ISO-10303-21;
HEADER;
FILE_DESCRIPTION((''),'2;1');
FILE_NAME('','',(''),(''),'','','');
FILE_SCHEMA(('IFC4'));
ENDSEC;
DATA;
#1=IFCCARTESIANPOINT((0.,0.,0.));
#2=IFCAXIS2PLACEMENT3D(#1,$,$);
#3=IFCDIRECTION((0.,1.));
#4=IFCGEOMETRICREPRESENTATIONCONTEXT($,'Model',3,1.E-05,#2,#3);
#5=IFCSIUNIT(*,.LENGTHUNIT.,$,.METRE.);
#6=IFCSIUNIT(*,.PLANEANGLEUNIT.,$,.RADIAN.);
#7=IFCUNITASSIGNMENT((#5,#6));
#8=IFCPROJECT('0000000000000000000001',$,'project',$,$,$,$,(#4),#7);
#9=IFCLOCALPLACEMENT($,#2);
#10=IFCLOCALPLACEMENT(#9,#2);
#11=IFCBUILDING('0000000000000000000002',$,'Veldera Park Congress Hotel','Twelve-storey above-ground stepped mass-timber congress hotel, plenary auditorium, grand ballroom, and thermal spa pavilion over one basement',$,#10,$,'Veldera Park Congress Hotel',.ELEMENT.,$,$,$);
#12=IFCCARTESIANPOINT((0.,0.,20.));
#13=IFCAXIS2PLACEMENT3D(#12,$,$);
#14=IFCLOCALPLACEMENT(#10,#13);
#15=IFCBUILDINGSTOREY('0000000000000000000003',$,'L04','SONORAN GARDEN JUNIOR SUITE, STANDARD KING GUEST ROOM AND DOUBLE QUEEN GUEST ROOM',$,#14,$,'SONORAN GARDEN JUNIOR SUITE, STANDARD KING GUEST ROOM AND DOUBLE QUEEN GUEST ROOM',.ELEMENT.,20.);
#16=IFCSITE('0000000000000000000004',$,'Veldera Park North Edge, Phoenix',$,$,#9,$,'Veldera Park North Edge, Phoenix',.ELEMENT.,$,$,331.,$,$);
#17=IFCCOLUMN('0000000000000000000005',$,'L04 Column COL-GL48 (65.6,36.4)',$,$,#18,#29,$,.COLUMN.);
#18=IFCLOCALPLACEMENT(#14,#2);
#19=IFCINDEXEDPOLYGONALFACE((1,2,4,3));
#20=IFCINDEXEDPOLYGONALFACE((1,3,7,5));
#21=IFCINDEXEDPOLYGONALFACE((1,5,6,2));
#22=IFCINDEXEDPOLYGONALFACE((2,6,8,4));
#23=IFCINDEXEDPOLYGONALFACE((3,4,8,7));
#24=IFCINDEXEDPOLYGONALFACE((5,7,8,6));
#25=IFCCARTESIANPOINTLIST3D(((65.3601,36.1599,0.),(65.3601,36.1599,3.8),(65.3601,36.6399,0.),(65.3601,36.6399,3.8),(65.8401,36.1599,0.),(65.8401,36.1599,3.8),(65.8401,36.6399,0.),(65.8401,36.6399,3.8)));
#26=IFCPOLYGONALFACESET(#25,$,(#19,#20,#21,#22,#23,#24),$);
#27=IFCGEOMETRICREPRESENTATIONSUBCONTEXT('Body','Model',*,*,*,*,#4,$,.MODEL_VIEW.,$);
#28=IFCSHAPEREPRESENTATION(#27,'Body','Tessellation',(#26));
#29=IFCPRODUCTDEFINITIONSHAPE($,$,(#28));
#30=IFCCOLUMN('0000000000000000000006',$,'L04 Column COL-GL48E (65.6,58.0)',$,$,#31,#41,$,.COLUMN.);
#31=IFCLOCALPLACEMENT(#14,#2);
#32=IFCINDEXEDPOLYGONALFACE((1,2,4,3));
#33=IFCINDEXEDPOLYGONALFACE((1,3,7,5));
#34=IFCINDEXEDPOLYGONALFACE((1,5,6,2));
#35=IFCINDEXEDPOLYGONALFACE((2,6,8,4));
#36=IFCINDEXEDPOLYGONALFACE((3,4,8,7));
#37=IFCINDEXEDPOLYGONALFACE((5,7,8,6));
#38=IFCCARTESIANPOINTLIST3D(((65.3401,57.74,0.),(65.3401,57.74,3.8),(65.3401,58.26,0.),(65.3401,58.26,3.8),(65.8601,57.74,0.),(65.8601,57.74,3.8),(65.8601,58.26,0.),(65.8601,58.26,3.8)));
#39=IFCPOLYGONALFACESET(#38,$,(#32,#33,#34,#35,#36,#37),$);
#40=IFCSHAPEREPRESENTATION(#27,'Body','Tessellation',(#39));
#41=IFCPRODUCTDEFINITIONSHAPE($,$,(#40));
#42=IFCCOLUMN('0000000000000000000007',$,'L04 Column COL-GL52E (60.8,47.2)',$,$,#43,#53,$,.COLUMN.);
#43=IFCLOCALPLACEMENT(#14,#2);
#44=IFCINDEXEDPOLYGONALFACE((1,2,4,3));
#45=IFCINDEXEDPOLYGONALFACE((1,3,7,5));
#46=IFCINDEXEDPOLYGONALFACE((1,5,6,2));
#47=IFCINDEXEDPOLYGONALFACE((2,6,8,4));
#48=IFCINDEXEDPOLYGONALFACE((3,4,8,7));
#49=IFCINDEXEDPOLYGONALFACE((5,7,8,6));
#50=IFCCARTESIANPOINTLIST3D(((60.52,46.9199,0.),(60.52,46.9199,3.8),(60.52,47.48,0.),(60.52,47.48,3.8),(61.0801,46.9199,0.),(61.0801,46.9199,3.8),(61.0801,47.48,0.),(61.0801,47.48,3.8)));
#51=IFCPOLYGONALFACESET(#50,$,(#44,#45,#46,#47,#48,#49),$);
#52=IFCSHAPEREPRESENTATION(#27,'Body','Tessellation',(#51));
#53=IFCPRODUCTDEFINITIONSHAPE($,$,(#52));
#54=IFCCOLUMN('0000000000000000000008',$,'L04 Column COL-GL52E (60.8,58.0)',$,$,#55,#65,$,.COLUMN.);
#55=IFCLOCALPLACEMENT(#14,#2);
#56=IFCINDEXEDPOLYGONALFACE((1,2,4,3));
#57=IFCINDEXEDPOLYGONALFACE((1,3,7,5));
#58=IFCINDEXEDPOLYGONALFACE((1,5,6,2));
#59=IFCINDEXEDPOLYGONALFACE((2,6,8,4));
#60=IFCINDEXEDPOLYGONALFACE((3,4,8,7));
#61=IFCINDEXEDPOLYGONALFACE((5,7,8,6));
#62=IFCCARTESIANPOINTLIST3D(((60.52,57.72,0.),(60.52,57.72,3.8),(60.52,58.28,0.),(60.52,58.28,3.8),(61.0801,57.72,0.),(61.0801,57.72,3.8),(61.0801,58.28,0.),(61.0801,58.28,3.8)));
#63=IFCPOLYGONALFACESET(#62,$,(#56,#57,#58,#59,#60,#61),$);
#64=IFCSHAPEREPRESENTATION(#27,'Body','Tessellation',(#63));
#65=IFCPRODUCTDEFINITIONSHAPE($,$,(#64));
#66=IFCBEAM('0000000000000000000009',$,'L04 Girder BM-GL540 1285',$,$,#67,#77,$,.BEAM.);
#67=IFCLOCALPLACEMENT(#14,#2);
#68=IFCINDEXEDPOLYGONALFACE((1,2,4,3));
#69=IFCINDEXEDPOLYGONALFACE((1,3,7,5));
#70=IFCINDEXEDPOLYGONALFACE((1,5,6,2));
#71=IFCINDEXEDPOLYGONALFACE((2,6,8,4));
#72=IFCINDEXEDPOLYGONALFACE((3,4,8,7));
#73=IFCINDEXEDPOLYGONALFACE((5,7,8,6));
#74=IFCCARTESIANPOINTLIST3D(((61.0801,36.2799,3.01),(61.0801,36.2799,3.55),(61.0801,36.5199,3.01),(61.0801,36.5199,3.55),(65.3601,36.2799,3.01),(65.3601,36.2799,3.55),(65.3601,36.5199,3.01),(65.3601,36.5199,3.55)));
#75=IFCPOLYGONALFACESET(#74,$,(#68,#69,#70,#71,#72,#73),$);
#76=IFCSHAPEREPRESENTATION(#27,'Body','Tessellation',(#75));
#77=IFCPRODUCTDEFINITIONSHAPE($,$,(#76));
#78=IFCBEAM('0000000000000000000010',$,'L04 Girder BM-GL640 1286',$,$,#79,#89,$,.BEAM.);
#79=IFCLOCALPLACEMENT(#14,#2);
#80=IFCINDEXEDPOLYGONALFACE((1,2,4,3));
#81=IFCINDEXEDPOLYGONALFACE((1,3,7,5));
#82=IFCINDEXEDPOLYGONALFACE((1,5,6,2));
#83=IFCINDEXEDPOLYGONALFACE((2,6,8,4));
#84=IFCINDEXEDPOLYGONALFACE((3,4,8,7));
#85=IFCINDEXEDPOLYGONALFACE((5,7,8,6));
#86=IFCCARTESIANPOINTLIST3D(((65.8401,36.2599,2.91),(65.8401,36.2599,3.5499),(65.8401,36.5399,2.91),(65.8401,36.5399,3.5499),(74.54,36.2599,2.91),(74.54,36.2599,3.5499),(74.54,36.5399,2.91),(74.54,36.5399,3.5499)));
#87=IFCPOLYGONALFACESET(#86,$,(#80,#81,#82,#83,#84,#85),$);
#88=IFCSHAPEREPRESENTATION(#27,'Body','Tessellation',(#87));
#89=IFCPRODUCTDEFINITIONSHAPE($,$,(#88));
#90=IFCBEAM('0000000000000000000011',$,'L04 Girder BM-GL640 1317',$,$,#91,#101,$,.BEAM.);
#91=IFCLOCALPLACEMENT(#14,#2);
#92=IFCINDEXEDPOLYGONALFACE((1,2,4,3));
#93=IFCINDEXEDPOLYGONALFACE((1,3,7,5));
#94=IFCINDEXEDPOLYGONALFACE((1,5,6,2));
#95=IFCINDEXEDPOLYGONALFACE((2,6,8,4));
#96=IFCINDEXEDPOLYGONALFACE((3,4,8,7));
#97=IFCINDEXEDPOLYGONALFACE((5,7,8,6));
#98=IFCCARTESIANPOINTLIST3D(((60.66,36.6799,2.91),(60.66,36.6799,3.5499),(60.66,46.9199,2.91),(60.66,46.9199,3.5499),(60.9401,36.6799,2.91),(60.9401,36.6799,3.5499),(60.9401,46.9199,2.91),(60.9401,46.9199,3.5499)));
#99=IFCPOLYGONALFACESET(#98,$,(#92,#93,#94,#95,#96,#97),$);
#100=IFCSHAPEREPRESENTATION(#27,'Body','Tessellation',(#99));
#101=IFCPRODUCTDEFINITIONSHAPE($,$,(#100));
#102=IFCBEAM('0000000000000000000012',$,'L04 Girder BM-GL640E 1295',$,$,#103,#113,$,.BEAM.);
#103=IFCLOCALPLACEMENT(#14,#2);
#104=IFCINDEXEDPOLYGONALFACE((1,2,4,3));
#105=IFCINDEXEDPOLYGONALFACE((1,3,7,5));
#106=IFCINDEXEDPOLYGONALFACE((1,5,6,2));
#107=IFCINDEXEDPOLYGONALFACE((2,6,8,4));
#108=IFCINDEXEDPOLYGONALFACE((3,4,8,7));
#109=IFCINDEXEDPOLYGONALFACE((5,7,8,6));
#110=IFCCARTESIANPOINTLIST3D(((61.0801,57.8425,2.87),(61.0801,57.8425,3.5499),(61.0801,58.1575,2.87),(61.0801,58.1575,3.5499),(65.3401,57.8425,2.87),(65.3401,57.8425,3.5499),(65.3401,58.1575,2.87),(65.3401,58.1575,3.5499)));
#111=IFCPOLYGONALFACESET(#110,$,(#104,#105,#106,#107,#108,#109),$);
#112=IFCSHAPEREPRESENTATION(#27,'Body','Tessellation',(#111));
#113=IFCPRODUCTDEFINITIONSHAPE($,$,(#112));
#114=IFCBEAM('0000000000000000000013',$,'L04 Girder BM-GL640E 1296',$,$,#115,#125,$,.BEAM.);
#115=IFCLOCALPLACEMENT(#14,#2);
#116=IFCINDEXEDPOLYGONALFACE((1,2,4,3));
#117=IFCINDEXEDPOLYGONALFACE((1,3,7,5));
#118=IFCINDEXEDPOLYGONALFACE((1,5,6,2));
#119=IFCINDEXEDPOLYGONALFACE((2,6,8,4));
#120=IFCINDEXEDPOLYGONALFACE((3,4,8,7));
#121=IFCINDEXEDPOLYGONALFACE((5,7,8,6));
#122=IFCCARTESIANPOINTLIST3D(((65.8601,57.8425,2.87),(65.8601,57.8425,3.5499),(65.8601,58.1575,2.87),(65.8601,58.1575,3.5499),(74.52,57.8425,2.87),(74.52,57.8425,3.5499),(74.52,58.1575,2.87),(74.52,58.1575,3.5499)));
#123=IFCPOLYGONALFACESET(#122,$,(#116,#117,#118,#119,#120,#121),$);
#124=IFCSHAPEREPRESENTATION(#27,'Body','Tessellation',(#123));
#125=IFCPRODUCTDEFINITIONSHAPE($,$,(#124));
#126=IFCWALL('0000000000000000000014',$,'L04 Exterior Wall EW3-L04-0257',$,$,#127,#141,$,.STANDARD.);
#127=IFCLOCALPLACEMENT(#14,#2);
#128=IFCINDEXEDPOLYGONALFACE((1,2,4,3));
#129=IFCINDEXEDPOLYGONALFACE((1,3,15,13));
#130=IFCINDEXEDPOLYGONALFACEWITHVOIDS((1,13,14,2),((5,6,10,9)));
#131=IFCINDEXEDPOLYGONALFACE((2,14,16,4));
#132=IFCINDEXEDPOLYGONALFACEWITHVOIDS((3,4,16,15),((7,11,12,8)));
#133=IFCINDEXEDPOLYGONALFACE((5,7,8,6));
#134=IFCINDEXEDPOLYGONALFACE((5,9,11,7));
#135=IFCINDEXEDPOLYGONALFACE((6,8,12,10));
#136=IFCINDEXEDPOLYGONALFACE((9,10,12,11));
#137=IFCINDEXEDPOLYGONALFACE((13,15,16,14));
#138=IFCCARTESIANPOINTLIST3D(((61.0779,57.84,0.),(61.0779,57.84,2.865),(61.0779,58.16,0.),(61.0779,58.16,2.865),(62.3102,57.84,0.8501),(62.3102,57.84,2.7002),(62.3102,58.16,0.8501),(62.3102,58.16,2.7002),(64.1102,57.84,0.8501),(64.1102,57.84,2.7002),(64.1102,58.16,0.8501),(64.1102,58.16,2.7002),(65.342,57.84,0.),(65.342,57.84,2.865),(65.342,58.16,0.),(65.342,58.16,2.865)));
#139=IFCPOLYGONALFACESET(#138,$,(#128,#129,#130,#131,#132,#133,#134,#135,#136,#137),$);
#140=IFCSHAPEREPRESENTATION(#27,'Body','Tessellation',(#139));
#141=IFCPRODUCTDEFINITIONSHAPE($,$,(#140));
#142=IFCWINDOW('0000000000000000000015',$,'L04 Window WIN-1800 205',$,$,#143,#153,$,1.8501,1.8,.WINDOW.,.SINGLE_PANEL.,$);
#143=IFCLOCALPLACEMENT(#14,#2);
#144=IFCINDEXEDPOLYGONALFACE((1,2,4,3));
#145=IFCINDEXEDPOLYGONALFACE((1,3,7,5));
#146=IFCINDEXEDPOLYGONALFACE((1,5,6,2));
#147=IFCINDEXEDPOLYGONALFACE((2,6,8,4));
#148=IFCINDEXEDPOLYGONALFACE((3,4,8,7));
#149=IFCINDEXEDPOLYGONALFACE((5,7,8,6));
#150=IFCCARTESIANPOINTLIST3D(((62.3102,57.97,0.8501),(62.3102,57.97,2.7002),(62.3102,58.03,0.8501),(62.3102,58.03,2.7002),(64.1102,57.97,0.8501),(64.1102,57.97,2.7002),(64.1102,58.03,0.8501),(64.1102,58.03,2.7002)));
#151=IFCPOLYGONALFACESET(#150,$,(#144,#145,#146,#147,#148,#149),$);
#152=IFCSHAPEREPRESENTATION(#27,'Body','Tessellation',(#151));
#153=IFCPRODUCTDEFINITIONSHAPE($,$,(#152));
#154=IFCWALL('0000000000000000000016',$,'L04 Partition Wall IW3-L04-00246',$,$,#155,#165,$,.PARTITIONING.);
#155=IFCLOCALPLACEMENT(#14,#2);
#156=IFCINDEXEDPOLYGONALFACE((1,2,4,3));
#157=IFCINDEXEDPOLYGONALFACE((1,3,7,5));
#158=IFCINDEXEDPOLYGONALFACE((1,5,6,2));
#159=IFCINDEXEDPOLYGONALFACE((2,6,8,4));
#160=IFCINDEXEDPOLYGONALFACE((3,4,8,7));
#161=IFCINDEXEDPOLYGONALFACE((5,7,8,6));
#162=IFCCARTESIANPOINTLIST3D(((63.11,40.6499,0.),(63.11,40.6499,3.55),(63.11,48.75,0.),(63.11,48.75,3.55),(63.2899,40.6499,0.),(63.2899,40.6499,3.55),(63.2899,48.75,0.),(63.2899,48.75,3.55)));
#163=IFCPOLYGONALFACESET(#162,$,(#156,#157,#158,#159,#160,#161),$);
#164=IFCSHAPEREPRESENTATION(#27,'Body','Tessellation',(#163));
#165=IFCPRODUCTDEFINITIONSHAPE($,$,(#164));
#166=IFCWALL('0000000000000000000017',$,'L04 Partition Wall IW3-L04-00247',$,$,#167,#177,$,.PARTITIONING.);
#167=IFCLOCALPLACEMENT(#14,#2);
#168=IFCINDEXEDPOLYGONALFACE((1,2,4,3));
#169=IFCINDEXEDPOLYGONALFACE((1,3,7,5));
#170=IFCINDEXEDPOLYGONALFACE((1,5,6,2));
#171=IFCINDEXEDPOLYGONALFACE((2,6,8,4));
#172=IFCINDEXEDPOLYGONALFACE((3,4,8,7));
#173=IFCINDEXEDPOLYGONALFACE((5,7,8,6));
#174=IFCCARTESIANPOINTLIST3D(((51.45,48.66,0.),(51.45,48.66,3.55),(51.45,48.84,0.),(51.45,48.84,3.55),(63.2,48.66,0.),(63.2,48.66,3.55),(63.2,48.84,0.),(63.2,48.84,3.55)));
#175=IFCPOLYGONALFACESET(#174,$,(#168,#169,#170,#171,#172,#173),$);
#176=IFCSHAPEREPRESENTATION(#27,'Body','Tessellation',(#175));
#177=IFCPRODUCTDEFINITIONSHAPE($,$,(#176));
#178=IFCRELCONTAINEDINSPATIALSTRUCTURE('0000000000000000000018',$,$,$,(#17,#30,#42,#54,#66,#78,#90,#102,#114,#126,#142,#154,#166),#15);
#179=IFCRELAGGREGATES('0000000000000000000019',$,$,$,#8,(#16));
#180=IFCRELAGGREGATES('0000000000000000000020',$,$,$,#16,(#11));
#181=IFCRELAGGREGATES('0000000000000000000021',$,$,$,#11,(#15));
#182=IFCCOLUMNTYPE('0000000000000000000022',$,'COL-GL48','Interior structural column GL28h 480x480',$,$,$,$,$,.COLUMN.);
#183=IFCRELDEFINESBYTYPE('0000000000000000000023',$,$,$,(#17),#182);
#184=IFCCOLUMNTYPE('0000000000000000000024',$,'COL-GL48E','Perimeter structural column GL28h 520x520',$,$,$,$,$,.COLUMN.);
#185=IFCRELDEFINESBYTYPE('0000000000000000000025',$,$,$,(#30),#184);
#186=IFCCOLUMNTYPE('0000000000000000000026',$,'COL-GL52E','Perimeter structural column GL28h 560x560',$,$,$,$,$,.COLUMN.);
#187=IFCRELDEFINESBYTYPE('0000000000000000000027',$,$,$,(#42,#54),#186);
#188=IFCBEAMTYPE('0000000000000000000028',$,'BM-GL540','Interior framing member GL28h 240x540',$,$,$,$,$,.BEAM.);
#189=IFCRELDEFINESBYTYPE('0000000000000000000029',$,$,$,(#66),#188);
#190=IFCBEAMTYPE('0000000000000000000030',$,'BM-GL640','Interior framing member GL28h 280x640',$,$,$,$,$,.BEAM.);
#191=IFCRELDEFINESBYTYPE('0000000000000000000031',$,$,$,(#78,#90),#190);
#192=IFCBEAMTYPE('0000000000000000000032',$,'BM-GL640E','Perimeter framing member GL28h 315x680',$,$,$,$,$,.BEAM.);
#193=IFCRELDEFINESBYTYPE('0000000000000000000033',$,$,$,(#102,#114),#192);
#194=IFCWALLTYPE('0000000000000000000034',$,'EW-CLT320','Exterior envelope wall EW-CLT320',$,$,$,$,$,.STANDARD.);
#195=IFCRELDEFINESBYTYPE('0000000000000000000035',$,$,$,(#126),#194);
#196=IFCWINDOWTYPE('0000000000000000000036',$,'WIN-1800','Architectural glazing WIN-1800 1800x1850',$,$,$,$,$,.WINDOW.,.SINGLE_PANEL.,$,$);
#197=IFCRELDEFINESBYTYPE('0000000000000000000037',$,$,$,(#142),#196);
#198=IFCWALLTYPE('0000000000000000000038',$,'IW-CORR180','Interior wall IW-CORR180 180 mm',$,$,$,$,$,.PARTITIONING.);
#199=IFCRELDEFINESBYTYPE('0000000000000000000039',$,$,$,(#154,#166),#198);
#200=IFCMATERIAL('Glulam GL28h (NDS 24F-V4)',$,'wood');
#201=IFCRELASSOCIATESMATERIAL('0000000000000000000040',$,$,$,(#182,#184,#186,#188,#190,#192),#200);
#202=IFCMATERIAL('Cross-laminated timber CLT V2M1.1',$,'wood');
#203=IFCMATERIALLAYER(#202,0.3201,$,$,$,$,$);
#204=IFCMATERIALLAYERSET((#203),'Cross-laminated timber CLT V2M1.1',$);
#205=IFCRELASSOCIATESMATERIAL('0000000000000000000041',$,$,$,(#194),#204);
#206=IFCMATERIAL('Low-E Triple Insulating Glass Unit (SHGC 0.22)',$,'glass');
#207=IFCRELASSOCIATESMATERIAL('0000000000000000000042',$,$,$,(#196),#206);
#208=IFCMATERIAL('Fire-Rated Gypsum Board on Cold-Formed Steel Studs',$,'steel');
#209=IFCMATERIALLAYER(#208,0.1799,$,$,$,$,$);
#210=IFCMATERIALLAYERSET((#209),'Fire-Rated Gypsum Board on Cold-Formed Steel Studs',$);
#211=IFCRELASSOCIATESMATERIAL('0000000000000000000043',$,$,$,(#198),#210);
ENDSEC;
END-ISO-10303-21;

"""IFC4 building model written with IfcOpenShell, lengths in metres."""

from ifc_helpers import new_model, si_unit, direction, frame, frame_2d, origin, origin_2d, place, context, subcontext, project, spatial, rectangle, extrude, material, layer, layer_set, material_profile, profile_set, type_object, element, fill, save


model = new_model("IFC4")

# Units and contexts
model_context = context("Model", 3, precision=1e-05, world=origin(), true_north=direction((0.0, 1.0)))
body_context = subcontext(model_context, "Body", "Model", "MODEL_VIEW")
ifc_project = project(units=[si_unit("LENGTHUNIT", "METRE"), si_unit("PLANEANGLEUNIT", "RADIAN")], contexts=[model_context])

# Site, building, storey
site_placement = place(None, origin())
site = spatial("IfcSite", under=ifc_project, at=site_placement, Name="Veldera Park North Edge, Phoenix", LongName="Veldera Park North Edge, Phoenix", CompositionType="ELEMENT", RefElevation=331.0)
building_placement = place(site_placement, origin())
building = spatial("IfcBuilding", under=site, at=building_placement, Name="Veldera Park Congress Hotel", Description="Twelve-storey above-ground stepped mass-timber congress hotel, plenary auditorium, grand ballroom, and thermal spa pavilion over one basement", LongName="Veldera Park Congress Hotel", CompositionType="ELEMENT")
storey_placement = place(building_placement, frame((0.0, 0.0, 20.0)))
storey = spatial("IfcBuildingStorey", under=building, at=storey_placement, Name="L04", Description="SONORAN GARDEN JUNIOR SUITE, STANDARD KING GUEST ROOM AND DOUBLE QUEEN GUEST ROOM", LongName="SONORAN GARDEN JUNIOR SUITE, STANDARD KING GUEST ROOM AND DOUBLE QUEEN GUEST ROOM", CompositionType="ELEMENT", Elevation=20.0)

# Columns
ifc_material_1 = material(Name="Glulam GL28h (NDS 24F-V4)", Category="wood")
ifc_material_profile_1 = material_profile(ifc_material_1, rectangle(XDim=0.48, YDim=0.48, at=origin_2d()), Name="GL28h 480x480")
ifc_profile_set_1 = profile_set([ifc_material_profile_1], Name="Glulam GL28h (NDS 24F-V4)")
column_type_1 = type_object("IfcColumnType", Name="COL-GL48", Description="Interior structural column GL28h 480x480", PredefinedType="COLUMN", material=ifc_profile_set_1)
column_1_placement = place(storey_placement, frame((65.6001, 36.3999, 0.0), z_axis=(0.0, 0.0, 1.0), x_axis=(1.0, 0.0, 0.0)))
element("IfcColumn", 1, at=column_1_placement, inside=storey, type_object=column_type_1, Name="L04 Column COL-GL48 (65.6,36.4)", PredefinedType="COLUMN", context=body_context, shape_type="SweptSolid", body=[
    extrude(rectangle(XDim=0.48, YDim=0.48, at=origin_2d()), origin(), (0.0, 0.0, 1.0), 3.8),
])
ifc_material_profile_2 = material_profile(ifc_material_1, rectangle(XDim=0.52, YDim=0.52, at=origin_2d()), Name="GL28h 520x520")
ifc_profile_set_2 = profile_set([ifc_material_profile_2], Name="Glulam GL28h (NDS 24F-V4)")
column_type_2 = type_object("IfcColumnType", Name="COL-GL48E", Description="Perimeter structural column GL28h 520x520", PredefinedType="COLUMN", material=ifc_profile_set_2)
column_2_placement = place(storey_placement, frame((65.6001, 58.0, 0.0), z_axis=(0.0, 0.0, 1.0), x_axis=(1.0, 0.0, 0.0)))
element("IfcColumn", 2, at=column_2_placement, inside=storey, type_object=column_type_2, Name="L04 Column COL-GL48E (65.6,58.0)", PredefinedType="COLUMN", context=body_context, shape_type="SweptSolid", body=[
    extrude(rectangle(XDim=0.52, YDim=0.52, at=origin_2d()), origin(), (0.0, 0.0, 1.0), 3.8),
])
ifc_material_profile_3 = material_profile(ifc_material_1, rectangle(XDim=0.5601, YDim=0.5601, at=origin_2d()), Name="GL28h 560x560")
ifc_profile_set_3 = profile_set([ifc_material_profile_3], Name="Glulam GL28h (NDS 24F-V4)")
column_type_3 = type_object("IfcColumnType", Name="COL-GL52E", Description="Perimeter structural column GL28h 560x560", PredefinedType="COLUMN", material=ifc_profile_set_3)
for number, where, z_axis, x_axis, name in (
    (3, (60.8, 47.2, 0.0), (0.0, 0.0, 1.0), (1.0, 0.0, 0.0), "L04 Column COL-GL52E (60.8,47.2)"),
    (4, (60.8, 58.0, 0.0), (0.0, 0.0, 1.0), (1.0, 0.0, 0.0), "L04 Column COL-GL52E (60.8,58.0)"),
):
    element("IfcColumn", number, at=place(storey_placement, frame(where, z_axis=z_axis, x_axis=x_axis)), inside=storey, type_object=column_type_3, Name=name, PredefinedType="COLUMN", context=body_context, shape_type="SweptSolid", body=[
        extrude(rectangle(XDim=0.5601, YDim=0.5601, at=origin_2d()), origin(), (0.0, 0.0, 1.0), 3.8),
    ])

# Beams
ifc_material_profile_4 = material_profile(ifc_material_1, rectangle(XDim=0.24, YDim=0.54, at=origin_2d()), Name="GL28h 240x540")
ifc_profile_set_4 = profile_set([ifc_material_profile_4], Name="Glulam GL28h (NDS 24F-V4)")
beam_type_1 = type_object("IfcBeamType", Name="BM-GL540", Description="Interior framing member GL28h 240x540", PredefinedType="BEAM", material=ifc_profile_set_4)
beam_1_placement = place(storey_placement, frame((61.0801, 36.3999, 3.28), z_axis=(1.0, 0.0, 0.0), x_axis=(0.0, 1.0, 0.0)))
element("IfcBeam", 5, at=beam_1_placement, inside=storey, type_object=beam_type_1, Name="L04 Girder BM-GL540 1285", PredefinedType="BEAM", context=body_context, shape_type="SweptSolid", body=[
    extrude(rectangle(XDim=0.24, YDim=0.54, at=origin_2d()), origin(), (0.0, 0.0, 1.0), 4.28),
])
ifc_material_profile_5 = material_profile(ifc_material_1, rectangle(XDim=0.28, YDim=0.6399, at=origin_2d()), Name="GL28h 280x640")
ifc_profile_set_5 = profile_set([ifc_material_profile_5], Name="Glulam GL28h (NDS 24F-V4)")
beam_type_2 = type_object("IfcBeamType", Name="BM-GL640", Description="Interior framing member GL28h 280x640", PredefinedType="BEAM", material=ifc_profile_set_5)
beam_2_placement = place(storey_placement, frame((65.8401, 36.3999, 3.23), z_axis=(1.0, 0.0, 0.0), x_axis=(0.0, 1.0, 0.0)))
element("IfcBeam", 6, at=beam_2_placement, inside=storey, type_object=beam_type_2, Name="L04 Girder BM-GL640 1286", PredefinedType="BEAM", context=body_context, shape_type="SweptSolid", body=[
    extrude(rectangle(XDim=0.28, YDim=0.6399, at=origin_2d()), origin(), (0.0, 0.0, 1.0), 8.7),
])
beam_3_placement = place(storey_placement, frame((60.8, 36.6799, 3.23), z_axis=(0.0, 1.0, 0.0), x_axis=(-1.0, 0.0, 0.0)))
element("IfcBeam", 7, at=beam_3_placement, inside=storey, type_object=beam_type_2, Name="L04 Girder BM-GL640 1317", PredefinedType="BEAM", context=body_context, shape_type="SweptSolid", body=[
    extrude(rectangle(XDim=0.28, YDim=0.6399, at=origin_2d()), origin(), (0.0, 0.0, 1.0), 10.24),
])
ifc_material_profile_6 = material_profile(ifc_material_1, rectangle(XDim=0.3149, YDim=0.6799, at=origin_2d()), Name="GL28h 315x680")
ifc_profile_set_6 = profile_set([ifc_material_profile_6], Name="Glulam GL28h (NDS 24F-V4)")
beam_type_3 = type_object("IfcBeamType", Name="BM-GL640E", Description="Perimeter framing member GL28h 315x680", PredefinedType="BEAM", material=ifc_profile_set_6)
beam_4_placement = place(storey_placement, frame((61.0801, 58.0, 3.21), z_axis=(1.0, 0.0, 0.0), x_axis=(0.0, 1.0, 0.0)))
element("IfcBeam", 8, at=beam_4_placement, inside=storey, type_object=beam_type_3, Name="L04 Girder BM-GL640E 1295", PredefinedType="BEAM", context=body_context, shape_type="SweptSolid", body=[
    extrude(rectangle(XDim=0.3149, YDim=0.6799, at=origin_2d()), origin(), (0.0, 0.0, 1.0), 4.26),
])
beam_5_placement = place(storey_placement, frame((65.8601, 58.0, 3.21), z_axis=(1.0, 0.0, 0.0), x_axis=(0.0, 1.0, 0.0)))
element("IfcBeam", 9, at=beam_5_placement, inside=storey, type_object=beam_type_3, Name="L04 Girder BM-GL640E 1296", PredefinedType="BEAM", context=body_context, shape_type="SweptSolid", body=[
    extrude(rectangle(XDim=0.3149, YDim=0.6799, at=origin_2d()), origin(), (0.0, 0.0, 1.0), 8.6599),
])

# Wall, opening, window
ifc_material_2 = material(Name="Cross-laminated timber CLT V2M1.1", Category="wood")
ifc_layer_1 = layer(ifc_material_2, 0.3201)
ifc_layer_set_1 = layer_set([ifc_layer_1], Name="Cross-laminated timber CLT V2M1.1")
wall_type_1 = type_object("IfcWallType", Name="EW-CLT320", Description="Exterior envelope wall EW-CLT320", PredefinedType="STANDARD", material=ifc_layer_set_1)
wall_1_placement = place(storey_placement, frame((65.342, 58.0, 0.0), z_axis=(0.0, 0.0, 1.0), x_axis=(-1.0, 0.0, 0.0)))
wall_1 = element("IfcWall", 10, at=wall_1_placement, inside=storey, type_object=wall_type_1, Name="L04 Exterior Wall EW3-L04-0257", PredefinedType="STANDARD", context=body_context, shape_type="SweptSolid", body=[
    extrude(rectangle(XDim=4.2642, YDim=0.3201, at=frame_2d((2.1321, 0.0))), origin(), (0.0, 0.0, 1.0), 2.865),
])
opening_1_placement = place(wall_1_placement, frame((1.2319, 0.0, 0.8501)))
opening_1 = element("IfcOpeningElement", 11, at=opening_1_placement, cuts=wall_1, PredefinedType="OPENING", context=body_context, shape_type="SweptSolid", body=[
    extrude(rectangle(XDim=1.8, YDim=1.8501, at=frame_2d((0.8999, 0.925))), frame((0.0, 0.1721, 0.0), z_axis=(0.0, -1.0, 0.0), x_axis=(1.0, 0.0, 0.0)), (0.0, 0.0, 1.0), 0.344),
])
ifc_material_3 = material(Name="Low-E Triple Insulating Glass Unit (SHGC 0.22)", Category="glass")
window_type = type_object("IfcWindowType", Name="WIN-1800", Description="Architectural glazing WIN-1800 1800x1850", PartitioningType="SINGLE_PANEL", PredefinedType="WINDOW", material=ifc_material_3)
window_placement = place(opening_1_placement, origin())
window = element("IfcWindow", 12, at=window_placement, inside=storey, type_object=window_type, Name="L04 Window WIN-1800 205", OverallHeight=1.8501, OverallWidth=1.8, PartitioningType="SINGLE_PANEL", PredefinedType="WINDOW", context=body_context, shape_type="SweptSolid", body=[
    extrude(rectangle(XDim=1.8, YDim=1.8501, at=frame_2d((0.8999, 0.925))), frame((0.0, 0.03, 0.0), z_axis=(0.0, -1.0, 0.0), x_axis=(1.0, 0.0, 0.0)), (0.0, 0.0, 1.0), 0.0601),
])
fill(opening_1, window)

# Walls
ifc_material_4 = material(Name="Fire-Rated Gypsum Board on Cold-Formed Steel Studs", Category="steel")
ifc_layer_2 = layer(ifc_material_4, 0.1799)
ifc_layer_set_2 = layer_set([ifc_layer_2], Name="Fire-Rated Gypsum Board on Cold-Formed Steel Studs")
wall_type_2 = type_object("IfcWallType", Name="IW-CORR180", Description="Interior wall IW-CORR180 180 mm", PredefinedType="PARTITIONING", material=ifc_layer_set_2)
wall_2_placement = place(storey_placement, frame((63.2, 40.6499, 0.0), z_axis=(0.0, 0.0, 1.0), x_axis=(0.0, 1.0, 0.0)))
element("IfcWall", 13, at=wall_2_placement, inside=storey, type_object=wall_type_2, Name="L04 Partition Wall IW3-L04-00246", PredefinedType="PARTITIONING", context=body_context, shape_type="SweptSolid", body=[
    extrude(rectangle(XDim=8.1001, YDim=0.1799, at=frame_2d((4.05, 0.0))), origin(), (0.0, 0.0, 1.0), 3.55),
])
wall_3_placement = place(storey_placement, frame((63.2, 48.75, 0.0), z_axis=(0.0, 0.0, 1.0), x_axis=(-1.0, 0.0, 0.0)))
element("IfcWall", 14, at=wall_3_placement, inside=storey, type_object=wall_type_2, Name="L04 Partition Wall IW3-L04-00247", PredefinedType="PARTITIONING", context=body_context, shape_type="SweptSolid", body=[
    extrude(rectangle(XDim=11.75, YDim=0.1799, at=frame_2d((5.875, 0.0))), origin(), (0.0, 0.0, 1.0), 3.55),
])

save(model, "model.ifc")
